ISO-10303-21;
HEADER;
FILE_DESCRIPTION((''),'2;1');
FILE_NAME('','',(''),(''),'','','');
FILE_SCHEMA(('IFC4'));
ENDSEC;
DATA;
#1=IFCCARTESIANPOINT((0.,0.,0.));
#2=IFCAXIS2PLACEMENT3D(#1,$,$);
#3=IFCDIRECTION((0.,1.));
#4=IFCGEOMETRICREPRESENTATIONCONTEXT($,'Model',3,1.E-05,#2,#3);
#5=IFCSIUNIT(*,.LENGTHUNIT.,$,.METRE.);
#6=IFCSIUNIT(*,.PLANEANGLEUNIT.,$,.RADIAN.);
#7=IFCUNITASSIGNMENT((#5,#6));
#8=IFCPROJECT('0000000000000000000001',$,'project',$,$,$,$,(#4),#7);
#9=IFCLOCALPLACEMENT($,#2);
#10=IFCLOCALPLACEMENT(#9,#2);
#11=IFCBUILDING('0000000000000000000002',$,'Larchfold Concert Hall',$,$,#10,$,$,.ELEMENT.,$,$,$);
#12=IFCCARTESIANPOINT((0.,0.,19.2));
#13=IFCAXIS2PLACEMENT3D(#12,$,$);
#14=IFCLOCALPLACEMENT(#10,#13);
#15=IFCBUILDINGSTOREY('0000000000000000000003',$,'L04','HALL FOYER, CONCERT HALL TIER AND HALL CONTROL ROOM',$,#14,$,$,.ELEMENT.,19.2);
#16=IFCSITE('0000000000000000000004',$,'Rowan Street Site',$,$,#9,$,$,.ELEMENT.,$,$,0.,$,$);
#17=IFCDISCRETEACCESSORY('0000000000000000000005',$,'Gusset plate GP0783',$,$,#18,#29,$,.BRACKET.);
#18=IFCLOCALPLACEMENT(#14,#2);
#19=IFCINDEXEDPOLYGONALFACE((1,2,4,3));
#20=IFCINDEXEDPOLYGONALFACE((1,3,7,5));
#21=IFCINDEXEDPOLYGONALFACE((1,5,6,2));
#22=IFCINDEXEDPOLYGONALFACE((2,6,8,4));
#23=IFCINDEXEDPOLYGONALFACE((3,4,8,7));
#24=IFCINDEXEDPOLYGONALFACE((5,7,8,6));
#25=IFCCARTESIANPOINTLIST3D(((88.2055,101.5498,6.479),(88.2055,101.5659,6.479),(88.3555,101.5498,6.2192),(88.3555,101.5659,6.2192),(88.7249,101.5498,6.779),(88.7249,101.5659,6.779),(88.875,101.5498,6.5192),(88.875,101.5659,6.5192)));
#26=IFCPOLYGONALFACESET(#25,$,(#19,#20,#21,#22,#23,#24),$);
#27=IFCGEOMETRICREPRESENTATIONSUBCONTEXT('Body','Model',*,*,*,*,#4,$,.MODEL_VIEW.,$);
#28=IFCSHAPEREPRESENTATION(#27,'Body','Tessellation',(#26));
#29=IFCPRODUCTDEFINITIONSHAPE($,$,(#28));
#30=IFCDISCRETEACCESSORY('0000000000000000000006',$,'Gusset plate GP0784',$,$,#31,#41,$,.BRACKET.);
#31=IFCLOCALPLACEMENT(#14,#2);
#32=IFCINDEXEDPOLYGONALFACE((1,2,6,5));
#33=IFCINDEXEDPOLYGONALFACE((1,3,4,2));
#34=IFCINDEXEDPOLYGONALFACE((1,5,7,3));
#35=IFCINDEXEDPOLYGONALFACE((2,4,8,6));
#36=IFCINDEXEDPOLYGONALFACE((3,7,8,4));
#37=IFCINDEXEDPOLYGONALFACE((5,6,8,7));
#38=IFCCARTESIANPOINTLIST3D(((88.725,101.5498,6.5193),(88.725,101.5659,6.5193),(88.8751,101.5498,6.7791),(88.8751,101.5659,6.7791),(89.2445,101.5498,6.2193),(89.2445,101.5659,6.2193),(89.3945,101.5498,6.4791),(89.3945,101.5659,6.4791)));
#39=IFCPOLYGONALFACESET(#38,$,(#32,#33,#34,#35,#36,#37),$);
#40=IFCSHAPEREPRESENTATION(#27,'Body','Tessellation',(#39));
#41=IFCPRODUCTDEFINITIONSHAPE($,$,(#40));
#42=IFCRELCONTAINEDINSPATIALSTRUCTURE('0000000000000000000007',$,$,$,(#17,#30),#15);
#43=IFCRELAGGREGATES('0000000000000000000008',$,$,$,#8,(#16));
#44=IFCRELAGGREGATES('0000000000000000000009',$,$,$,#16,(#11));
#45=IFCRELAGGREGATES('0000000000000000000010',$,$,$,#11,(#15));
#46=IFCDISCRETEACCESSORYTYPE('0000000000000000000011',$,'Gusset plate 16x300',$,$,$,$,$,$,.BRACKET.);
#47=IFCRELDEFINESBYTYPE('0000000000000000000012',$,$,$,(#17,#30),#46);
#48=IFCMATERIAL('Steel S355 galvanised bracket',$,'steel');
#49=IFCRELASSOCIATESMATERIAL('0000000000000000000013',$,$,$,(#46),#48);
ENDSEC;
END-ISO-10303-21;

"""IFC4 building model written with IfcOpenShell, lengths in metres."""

from ifc_helpers import new_model, si_unit, direction, frame, origin, origin_2d, place, context, subcontext, project, spatial, rectangle, extrude, material, material_profile, profile_set, type_object, element, save


model = new_model("IFC4")

# Units and contexts
model_context = context("Model", 3, precision=1e-05, world=origin(), true_north=direction((0.0, 1.0)))
body_context = subcontext(model_context, "Body", "Model", "MODEL_VIEW")
ifc_project = project(units=[si_unit("LENGTHUNIT", "METRE"), si_unit("PLANEANGLEUNIT", "RADIAN")], contexts=[model_context])

# Site, building, storey
site_placement = place(None, origin())
site = spatial("IfcSite", under=ifc_project, at=site_placement, Name="Rowan Street Site", CompositionType="ELEMENT", RefElevation=0.0)
building_placement = place(site_placement, origin())
building = spatial("IfcBuilding", under=site, at=building_placement, Name="Larchfold Concert Hall", CompositionType="ELEMENT")
storey_placement = place(building_placement, frame((0.0, 0.0, 19.2)))
storey = spatial("IfcBuildingStorey", under=building, at=storey_placement, Name="L04", Description="HALL FOYER, CONCERT HALL TIER AND HALL CONTROL ROOM", CompositionType="ELEMENT", Elevation=19.2)

# Discrete accessories
ifc_material_1 = material(Name="Steel S355 galvanised bracket", Category="steel")
ifc_material_profile_1 = material_profile(ifc_material_1, rectangle(XDim=0.0161, YDim=0.3, at=origin_2d()))
ifc_profile_set_1 = profile_set([ifc_material_profile_1], Name="Steel S355 galvanised bracket")
discrete_accessory_type = type_object("IfcDiscreteAccessoryType", Name="Gusset plate 16x300", PredefinedType="BRACKET", material=ifc_profile_set_1)
for number, where, z_axis, x_axis, name in (
    (1, (88.2805, 101.5579, 6.3491), (0.865955, 0.0, 0.500122), (0.0, 1.0, 0.0), "Gusset plate GP0783"),
    (2, (88.8, 101.5579, 6.6492), (0.865955, 0.0, -0.500122), (0.0, 1.0, 0.0), "Gusset plate GP0784"),
):
    element("IfcDiscreteAccessory", number, at=place(storey_placement, frame(where, z_axis=z_axis, x_axis=x_axis)), inside=storey, type_object=discrete_accessory_type, Name=name, PredefinedType="BRACKET", context=body_context, shape_type="SweptSolid", body=[
        extrude(rectangle(XDim=0.0161, YDim=0.3, at=origin_2d()), origin(), (0.0, 0.0, 1.0), 0.5999),
    ])

save(model, "model.ifc")
